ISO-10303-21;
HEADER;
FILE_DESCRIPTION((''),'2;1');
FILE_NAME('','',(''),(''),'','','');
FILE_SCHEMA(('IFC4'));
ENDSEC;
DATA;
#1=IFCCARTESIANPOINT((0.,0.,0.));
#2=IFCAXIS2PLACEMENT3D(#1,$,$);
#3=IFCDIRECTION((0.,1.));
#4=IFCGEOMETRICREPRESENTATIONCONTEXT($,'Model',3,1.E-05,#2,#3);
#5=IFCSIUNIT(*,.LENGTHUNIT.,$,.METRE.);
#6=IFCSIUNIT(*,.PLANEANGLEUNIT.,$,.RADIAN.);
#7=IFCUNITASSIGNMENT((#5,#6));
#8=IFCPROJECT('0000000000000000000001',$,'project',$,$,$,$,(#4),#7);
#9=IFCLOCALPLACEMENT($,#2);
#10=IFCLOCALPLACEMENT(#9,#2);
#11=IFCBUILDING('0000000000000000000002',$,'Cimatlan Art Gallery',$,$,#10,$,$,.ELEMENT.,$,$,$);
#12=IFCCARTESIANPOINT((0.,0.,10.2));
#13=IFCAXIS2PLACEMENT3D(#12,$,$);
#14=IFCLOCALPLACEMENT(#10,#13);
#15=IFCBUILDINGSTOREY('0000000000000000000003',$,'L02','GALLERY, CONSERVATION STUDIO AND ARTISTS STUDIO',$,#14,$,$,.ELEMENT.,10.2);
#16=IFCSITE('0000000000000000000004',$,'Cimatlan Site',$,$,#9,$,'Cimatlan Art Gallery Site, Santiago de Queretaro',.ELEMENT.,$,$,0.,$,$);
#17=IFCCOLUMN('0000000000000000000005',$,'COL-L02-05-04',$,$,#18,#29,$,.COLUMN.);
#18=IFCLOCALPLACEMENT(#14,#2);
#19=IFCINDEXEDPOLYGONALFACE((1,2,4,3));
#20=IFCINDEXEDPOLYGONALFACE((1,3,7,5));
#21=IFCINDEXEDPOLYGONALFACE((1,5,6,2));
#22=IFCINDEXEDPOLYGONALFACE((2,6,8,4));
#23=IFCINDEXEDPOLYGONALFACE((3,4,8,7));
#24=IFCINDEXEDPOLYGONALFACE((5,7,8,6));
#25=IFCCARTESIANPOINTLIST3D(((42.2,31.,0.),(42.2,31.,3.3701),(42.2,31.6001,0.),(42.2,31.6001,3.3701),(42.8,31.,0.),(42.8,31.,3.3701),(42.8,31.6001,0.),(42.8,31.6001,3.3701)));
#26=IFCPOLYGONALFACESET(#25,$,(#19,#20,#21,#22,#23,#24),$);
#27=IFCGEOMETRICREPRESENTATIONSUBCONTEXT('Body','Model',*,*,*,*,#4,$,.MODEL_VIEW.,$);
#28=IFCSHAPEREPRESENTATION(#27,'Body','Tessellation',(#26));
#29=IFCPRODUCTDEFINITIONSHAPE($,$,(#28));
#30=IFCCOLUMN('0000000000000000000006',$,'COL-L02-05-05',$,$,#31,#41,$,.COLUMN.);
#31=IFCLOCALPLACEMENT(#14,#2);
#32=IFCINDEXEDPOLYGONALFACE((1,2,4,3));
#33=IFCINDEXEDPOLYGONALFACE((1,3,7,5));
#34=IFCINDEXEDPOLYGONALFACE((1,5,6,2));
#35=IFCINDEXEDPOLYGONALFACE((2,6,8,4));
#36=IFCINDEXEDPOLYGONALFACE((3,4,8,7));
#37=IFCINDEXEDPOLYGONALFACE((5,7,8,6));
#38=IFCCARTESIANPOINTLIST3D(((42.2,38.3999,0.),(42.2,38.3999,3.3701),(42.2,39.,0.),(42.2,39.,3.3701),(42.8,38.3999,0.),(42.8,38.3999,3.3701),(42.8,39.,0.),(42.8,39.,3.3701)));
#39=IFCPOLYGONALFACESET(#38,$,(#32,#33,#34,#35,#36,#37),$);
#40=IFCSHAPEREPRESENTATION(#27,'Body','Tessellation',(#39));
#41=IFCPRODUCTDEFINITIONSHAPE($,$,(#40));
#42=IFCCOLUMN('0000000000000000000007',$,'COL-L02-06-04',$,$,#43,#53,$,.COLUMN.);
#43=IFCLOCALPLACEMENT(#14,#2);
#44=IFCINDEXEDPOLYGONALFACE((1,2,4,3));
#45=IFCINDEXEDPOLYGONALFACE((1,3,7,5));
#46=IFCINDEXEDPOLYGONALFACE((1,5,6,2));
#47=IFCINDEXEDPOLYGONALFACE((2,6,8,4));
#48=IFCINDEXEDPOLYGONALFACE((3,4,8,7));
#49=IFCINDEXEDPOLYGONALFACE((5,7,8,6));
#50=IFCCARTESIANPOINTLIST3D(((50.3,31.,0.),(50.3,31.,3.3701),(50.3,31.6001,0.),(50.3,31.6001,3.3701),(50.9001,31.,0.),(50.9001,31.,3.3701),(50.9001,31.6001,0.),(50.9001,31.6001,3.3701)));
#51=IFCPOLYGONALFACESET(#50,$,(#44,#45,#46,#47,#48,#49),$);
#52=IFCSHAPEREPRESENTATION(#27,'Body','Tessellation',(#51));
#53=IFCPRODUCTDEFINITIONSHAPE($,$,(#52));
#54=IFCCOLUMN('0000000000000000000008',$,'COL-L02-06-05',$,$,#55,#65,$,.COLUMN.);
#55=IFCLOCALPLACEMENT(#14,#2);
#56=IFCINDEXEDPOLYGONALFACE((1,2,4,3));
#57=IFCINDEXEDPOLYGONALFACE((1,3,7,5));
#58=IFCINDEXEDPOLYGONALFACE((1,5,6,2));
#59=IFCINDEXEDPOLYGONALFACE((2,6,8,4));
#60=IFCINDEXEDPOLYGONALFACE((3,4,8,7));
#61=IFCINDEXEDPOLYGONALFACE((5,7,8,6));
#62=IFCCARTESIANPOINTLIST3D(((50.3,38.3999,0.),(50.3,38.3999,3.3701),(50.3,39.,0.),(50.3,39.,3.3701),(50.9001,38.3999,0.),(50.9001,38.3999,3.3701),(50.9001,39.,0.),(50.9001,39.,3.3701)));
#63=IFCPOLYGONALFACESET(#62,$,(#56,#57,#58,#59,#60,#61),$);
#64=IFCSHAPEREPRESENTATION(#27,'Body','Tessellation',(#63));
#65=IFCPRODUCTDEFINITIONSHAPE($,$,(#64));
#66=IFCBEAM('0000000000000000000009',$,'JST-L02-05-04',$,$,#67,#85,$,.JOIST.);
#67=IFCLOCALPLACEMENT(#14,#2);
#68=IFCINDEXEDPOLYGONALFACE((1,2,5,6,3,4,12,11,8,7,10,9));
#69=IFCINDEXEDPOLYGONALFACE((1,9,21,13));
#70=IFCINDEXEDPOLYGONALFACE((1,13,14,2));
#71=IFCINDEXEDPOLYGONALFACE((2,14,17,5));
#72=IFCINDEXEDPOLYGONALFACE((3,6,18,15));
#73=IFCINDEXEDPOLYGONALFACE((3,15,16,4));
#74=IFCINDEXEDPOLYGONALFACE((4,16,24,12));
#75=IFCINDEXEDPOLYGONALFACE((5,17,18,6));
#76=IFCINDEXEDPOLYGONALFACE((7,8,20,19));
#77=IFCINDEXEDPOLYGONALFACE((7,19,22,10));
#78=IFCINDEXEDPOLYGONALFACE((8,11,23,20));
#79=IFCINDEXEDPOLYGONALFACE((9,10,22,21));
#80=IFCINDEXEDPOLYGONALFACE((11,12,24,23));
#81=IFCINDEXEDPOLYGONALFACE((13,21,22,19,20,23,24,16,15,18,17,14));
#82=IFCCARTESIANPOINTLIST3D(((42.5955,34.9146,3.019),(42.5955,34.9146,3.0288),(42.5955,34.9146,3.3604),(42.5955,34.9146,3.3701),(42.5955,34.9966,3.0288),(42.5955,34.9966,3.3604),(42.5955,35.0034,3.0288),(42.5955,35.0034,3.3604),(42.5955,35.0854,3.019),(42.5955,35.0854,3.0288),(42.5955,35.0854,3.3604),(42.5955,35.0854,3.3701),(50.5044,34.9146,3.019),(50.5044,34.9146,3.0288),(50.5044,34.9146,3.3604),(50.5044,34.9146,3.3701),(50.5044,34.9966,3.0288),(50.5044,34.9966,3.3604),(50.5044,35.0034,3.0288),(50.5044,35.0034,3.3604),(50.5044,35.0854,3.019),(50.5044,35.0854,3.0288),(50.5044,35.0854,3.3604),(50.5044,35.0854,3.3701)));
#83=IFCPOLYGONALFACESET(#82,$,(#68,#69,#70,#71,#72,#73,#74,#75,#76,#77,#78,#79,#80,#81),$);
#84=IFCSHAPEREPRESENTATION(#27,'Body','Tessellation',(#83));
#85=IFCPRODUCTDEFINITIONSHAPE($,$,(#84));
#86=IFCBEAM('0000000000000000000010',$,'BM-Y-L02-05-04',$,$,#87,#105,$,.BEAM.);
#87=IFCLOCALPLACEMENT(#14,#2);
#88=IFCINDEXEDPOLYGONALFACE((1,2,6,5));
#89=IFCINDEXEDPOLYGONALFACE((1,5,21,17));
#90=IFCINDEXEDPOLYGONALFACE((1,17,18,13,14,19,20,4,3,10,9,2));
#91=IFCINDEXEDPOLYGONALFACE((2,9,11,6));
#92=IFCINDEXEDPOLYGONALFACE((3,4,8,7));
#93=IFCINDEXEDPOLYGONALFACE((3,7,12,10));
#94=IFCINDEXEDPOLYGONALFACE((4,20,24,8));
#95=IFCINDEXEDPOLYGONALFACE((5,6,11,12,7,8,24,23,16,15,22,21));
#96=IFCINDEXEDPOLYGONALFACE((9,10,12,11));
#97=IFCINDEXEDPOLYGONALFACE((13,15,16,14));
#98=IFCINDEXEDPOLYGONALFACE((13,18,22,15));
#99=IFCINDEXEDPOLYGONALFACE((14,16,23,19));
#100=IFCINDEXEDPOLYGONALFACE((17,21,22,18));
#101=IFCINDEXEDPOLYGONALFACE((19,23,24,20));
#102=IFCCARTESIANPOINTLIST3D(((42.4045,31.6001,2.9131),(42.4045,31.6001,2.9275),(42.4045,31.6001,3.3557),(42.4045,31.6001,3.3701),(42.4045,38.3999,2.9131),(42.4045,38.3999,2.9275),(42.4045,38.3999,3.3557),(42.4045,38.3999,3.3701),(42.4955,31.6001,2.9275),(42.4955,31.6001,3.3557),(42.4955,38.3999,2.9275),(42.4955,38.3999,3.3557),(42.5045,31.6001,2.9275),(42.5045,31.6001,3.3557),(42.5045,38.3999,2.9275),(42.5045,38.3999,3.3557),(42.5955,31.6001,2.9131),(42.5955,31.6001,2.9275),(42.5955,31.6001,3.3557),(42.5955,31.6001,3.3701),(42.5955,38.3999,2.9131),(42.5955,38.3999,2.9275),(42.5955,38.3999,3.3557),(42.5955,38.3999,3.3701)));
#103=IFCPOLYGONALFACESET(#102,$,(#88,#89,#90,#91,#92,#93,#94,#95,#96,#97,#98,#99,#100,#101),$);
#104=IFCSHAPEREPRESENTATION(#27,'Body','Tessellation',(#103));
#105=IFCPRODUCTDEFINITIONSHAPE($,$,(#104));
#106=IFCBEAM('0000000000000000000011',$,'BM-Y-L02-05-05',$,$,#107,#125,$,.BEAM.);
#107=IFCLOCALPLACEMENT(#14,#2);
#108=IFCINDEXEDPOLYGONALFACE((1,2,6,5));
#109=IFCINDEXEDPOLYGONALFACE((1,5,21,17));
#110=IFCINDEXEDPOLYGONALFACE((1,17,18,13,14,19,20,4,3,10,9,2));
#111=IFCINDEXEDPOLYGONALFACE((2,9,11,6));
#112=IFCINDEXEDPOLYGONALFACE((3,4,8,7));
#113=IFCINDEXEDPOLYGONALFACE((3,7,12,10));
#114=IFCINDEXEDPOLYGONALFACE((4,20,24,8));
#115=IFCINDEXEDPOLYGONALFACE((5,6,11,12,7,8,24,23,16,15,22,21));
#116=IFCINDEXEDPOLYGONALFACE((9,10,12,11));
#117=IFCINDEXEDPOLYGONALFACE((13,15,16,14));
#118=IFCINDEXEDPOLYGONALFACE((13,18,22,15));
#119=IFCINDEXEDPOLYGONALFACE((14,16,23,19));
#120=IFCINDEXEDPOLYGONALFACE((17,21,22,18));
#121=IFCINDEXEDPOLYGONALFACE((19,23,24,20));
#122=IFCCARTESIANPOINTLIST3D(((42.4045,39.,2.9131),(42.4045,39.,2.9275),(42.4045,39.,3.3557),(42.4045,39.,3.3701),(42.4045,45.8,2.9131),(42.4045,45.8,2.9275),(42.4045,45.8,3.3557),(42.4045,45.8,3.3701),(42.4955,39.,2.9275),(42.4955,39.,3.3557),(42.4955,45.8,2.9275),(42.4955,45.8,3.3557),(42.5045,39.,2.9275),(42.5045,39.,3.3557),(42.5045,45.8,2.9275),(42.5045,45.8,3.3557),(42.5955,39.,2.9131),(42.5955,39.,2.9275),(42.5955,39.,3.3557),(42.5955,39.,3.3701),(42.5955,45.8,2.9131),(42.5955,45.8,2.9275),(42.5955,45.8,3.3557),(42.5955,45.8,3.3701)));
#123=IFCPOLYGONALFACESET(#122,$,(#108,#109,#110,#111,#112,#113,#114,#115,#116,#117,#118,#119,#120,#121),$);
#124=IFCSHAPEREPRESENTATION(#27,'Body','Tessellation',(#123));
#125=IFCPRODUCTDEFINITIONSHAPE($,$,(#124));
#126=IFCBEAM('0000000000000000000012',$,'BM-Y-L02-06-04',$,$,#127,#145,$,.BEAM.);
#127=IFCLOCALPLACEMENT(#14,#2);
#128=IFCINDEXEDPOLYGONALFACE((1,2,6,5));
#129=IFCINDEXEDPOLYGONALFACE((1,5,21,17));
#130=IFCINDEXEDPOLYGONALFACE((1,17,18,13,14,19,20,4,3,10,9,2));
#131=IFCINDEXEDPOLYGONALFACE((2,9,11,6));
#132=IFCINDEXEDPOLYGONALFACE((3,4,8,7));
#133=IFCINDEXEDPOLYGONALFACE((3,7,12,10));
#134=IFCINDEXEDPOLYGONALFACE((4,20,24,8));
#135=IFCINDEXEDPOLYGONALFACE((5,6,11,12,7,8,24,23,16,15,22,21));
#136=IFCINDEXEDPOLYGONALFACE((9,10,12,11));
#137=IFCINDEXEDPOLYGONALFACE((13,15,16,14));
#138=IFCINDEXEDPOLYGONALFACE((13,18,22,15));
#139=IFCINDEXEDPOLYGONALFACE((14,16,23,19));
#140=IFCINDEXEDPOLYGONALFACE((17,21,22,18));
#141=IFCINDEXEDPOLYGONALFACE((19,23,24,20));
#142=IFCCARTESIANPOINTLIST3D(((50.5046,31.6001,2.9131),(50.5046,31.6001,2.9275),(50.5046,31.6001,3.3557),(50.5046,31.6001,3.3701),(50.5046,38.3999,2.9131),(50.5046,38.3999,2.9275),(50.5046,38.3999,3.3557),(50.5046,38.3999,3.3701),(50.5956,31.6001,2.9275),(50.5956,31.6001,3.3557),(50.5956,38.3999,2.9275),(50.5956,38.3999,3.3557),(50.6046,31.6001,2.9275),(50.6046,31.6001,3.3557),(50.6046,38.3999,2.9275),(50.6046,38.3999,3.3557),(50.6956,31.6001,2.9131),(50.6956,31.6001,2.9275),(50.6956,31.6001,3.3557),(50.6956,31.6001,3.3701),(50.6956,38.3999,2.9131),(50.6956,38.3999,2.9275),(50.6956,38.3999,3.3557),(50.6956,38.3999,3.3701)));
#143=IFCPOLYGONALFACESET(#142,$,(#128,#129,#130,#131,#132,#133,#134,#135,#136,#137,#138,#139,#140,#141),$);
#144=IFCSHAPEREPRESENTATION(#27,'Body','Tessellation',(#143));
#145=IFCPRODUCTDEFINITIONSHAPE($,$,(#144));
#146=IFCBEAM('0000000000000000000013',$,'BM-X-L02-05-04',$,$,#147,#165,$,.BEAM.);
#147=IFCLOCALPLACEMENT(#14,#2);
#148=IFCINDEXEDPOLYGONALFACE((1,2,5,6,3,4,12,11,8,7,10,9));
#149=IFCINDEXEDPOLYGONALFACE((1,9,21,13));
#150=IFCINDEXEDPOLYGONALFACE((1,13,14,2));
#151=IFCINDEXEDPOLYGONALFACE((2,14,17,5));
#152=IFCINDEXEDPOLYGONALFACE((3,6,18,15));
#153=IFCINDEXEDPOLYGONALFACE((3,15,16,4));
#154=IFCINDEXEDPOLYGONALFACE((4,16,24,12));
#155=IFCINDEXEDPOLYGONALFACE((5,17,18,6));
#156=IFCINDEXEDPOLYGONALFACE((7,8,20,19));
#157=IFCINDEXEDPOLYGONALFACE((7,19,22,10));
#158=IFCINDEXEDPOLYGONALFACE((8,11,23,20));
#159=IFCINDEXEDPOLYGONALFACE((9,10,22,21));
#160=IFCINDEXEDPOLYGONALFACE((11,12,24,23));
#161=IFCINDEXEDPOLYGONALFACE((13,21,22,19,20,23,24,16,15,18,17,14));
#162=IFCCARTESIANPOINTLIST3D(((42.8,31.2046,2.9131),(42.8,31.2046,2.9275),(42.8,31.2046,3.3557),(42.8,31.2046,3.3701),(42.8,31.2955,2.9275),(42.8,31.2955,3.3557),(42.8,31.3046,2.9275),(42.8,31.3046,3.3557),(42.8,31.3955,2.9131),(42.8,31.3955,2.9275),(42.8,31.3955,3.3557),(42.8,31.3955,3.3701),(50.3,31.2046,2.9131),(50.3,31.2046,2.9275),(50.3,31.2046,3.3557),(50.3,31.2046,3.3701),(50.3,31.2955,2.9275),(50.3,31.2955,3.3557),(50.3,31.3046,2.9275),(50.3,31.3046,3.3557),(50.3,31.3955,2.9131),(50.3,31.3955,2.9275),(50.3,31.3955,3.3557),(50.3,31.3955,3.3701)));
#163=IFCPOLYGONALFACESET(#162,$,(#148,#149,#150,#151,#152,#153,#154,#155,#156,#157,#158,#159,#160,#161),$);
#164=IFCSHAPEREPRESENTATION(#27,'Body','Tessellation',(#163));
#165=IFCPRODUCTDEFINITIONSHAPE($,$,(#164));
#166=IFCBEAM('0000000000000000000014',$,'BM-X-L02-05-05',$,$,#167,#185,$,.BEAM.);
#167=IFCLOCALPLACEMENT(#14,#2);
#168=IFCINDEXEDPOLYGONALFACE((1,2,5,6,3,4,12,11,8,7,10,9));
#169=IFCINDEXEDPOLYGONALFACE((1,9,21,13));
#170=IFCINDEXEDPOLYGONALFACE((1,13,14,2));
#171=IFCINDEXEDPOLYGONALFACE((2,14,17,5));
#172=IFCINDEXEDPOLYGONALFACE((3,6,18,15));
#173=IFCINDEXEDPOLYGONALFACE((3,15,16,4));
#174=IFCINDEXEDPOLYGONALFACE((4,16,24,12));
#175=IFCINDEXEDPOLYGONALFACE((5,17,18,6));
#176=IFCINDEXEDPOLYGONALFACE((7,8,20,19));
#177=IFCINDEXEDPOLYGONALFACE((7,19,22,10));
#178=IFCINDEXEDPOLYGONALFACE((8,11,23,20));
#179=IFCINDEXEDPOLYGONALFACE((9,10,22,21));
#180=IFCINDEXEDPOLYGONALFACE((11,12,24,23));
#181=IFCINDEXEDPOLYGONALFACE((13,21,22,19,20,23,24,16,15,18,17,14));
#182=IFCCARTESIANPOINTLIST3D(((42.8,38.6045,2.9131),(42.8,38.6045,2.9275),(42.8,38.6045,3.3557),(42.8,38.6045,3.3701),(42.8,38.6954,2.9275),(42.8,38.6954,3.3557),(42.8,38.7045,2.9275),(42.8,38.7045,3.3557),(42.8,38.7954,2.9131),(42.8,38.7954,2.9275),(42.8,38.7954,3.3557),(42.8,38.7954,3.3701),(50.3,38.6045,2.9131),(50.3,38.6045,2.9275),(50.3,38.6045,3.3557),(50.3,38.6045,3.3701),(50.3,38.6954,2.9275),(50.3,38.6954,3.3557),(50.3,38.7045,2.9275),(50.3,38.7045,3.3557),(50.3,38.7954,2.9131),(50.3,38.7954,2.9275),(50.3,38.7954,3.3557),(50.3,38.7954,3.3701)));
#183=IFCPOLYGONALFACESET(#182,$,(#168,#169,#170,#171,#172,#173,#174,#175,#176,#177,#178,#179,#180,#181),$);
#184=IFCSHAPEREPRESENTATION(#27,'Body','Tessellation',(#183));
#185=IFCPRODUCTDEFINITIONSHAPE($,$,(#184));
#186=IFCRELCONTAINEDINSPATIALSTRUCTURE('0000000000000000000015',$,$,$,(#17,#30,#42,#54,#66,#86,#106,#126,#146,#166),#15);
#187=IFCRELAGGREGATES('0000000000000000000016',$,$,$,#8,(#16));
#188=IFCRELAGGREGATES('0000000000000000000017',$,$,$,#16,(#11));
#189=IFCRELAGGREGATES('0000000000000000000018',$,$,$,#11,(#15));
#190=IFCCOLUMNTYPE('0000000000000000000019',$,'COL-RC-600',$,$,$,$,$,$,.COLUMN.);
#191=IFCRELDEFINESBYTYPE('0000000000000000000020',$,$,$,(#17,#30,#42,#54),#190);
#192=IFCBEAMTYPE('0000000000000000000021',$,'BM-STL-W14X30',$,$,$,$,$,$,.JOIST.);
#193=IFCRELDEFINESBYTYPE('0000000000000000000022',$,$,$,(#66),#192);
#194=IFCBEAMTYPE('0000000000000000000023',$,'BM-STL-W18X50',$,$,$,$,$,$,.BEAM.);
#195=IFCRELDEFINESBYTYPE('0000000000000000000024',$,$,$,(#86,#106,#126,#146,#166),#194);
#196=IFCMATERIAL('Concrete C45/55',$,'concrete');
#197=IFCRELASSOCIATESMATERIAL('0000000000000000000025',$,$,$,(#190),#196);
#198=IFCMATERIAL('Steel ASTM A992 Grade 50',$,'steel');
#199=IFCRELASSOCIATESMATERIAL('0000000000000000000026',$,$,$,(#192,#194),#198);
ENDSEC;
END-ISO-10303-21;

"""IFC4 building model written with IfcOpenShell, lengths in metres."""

from ifc_helpers import new_model, si_unit, direction, frame, origin, origin_2d, place, context, subcontext, project, spatial, rectangle, i_section, extrude, material, material_profile, profile_set, type_object, element, save


model = new_model("IFC4")

# Units and contexts
model_context = context("Model", 3, precision=1e-05, world=origin(), true_north=direction((0.0, 1.0)))
body_context = subcontext(model_context, "Body", "Model", "MODEL_VIEW")
ifc_project = project(units=[si_unit("LENGTHUNIT", "METRE"), si_unit("PLANEANGLEUNIT", "RADIAN")], contexts=[model_context])

# Site, building, storey
site_placement = place(None, origin())
site = spatial("IfcSite", under=ifc_project, at=site_placement, Name="Cimatlan Site", LongName="Cimatlan Art Gallery Site, Santiago de Queretaro", CompositionType="ELEMENT", RefElevation=0.0)
building_placement = place(site_placement, origin())
building = spatial("IfcBuilding", under=site, at=building_placement, Name="Cimatlan Art Gallery", CompositionType="ELEMENT")
storey_placement = place(building_placement, frame((0.0, 0.0, 10.2)))
storey = spatial("IfcBuildingStorey", under=building, at=storey_placement, Name="L02", Description="GALLERY, CONSERVATION STUDIO AND ARTISTS STUDIO", CompositionType="ELEMENT", Elevation=10.2)

# Columns
ifc_material_1 = material(Name="Concrete C45/55", Category="concrete")
ifc_material_profile_1 = material_profile(ifc_material_1, rectangle(XDim=0.6001, YDim=0.6001, at=origin_2d()), Name="RC600X600")
ifc_profile_set_1 = profile_set([ifc_material_profile_1], Name="Concrete C45/55")
column_type = type_object("IfcColumnType", Name="COL-RC-600", PredefinedType="COLUMN", material=ifc_profile_set_1)
for number, where, z_axis, x_axis, name in (
    (1, (42.5, 31.3, 0.0), (0.0, 0.0, 1.0), (1.0, 0.0, 0.0), "COL-L02-05-04"),
    (2, (42.5, 38.7, 0.0), (0.0, 0.0, 1.0), (1.0, 0.0, 0.0), "COL-L02-05-05"),
    (3, (50.6001, 31.3, 0.0), (0.0, 0.0, 1.0), (1.0, 0.0, 0.0), "COL-L02-06-04"),
    (4, (50.6001, 38.7, 0.0), (0.0, 0.0, 1.0), (1.0, 0.0, 0.0), "COL-L02-06-05"),
):
    element("IfcColumn", number, at=place(storey_placement, frame(where, z_axis=z_axis, x_axis=x_axis)), inside=storey, type_object=column_type, Name=name, PredefinedType="COLUMN", context=body_context, shape_type="SweptSolid", body=[
        extrude(rectangle(XDim=0.6001, YDim=0.6001, at=origin_2d()), origin(), (0.0, 0.0, 1.0), 3.3701),
    ])

# Beams
ifc_material_2 = material(Name="Steel ASTM A992 Grade 50", Category="steel")
ifc_material_profile_2 = material_profile(ifc_material_2, i_section(OverallWidth=0.1709, OverallDepth=0.3511, WebThickness=0.0068, FlangeThickness=0.0098, at=origin_2d()), Name="W14X30")
ifc_profile_set_2 = profile_set([ifc_material_profile_2], Name="Steel ASTM A992 Grade 50")
beam_type_1 = type_object("IfcBeamType", Name="BM-STL-W14X30", PredefinedType="JOIST", material=ifc_profile_set_2)
beam_1_placement = place(storey_placement, frame((42.5955, 35.0, 3.1946), z_axis=(1.0, 0.0, 0.0), x_axis=(0.0, 1.0, 0.0)))
element("IfcBeam", 5, at=beam_1_placement, inside=storey, type_object=beam_type_1, Name="JST-L02-05-04", PredefinedType="JOIST", context=body_context, shape_type="SweptSolid", body=[
    extrude(i_section(OverallWidth=0.1709, OverallDepth=0.3511, WebThickness=0.0068, FlangeThickness=0.0098, at=origin_2d()), origin(), (0.0, 0.0, 1.0), 7.9089),
])
ifc_material_profile_3 = material_profile(ifc_material_2, i_section(OverallWidth=0.1909, OverallDepth=0.457, WebThickness=0.009, FlangeThickness=0.0144, at=origin_2d()), Name="W18X50")
ifc_profile_set_3 = profile_set([ifc_material_profile_3], Name="Steel ASTM A992 Grade 50")
beam_type_2 = type_object("IfcBeamType", Name="BM-STL-W18X50", PredefinedType="BEAM", material=ifc_profile_set_3)
beam_2_placement = place(storey_placement, frame((42.5, 31.6001, 3.1416), z_axis=(0.0, 1.0, 0.0), x_axis=(-1.0, 0.0, 0.0)))
element("IfcBeam", 6, at=beam_2_placement, inside=storey, type_object=beam_type_2, Name="BM-Y-L02-05-04", PredefinedType="BEAM", context=body_context, shape_type="SweptSolid", body=[
    extrude(i_section(OverallWidth=0.1909, OverallDepth=0.457, WebThickness=0.009, FlangeThickness=0.0144, at=origin_2d()), origin(), (0.0, 0.0, 1.0), 6.7998),
])
beam_3_placement = place(storey_placement, frame((42.5, 39.0, 3.1416), z_axis=(0.0, 1.0, 0.0), x_axis=(-1.0, 0.0, 0.0)))
element("IfcBeam", 7, at=beam_3_placement, inside=storey, type_object=beam_type_2, Name="BM-Y-L02-05-05", PredefinedType="BEAM", context=body_context, shape_type="SweptSolid", body=[
    extrude(i_section(OverallWidth=0.1909, OverallDepth=0.457, WebThickness=0.009, FlangeThickness=0.0144, at=origin_2d()), origin(), (0.0, 0.0, 1.0), 6.8),
])
beam_4_placement = place(storey_placement, frame((50.6001, 31.6001, 3.1416), z_axis=(0.0, 1.0, 0.0), x_axis=(-1.0, 0.0, 0.0)))
element("IfcBeam", 8, at=beam_4_placement, inside=storey, type_object=beam_type_2, Name="BM-Y-L02-06-04", PredefinedType="BEAM", context=body_context, shape_type="SweptSolid", body=[
    extrude(i_section(OverallWidth=0.1909, OverallDepth=0.457, WebThickness=0.009, FlangeThickness=0.0144, at=origin_2d()), origin(), (0.0, 0.0, 1.0), 6.7998),
])
for number, where, z_axis, x_axis, name in (
    (9, (42.8, 31.3, 3.1416), (1.0, 0.0, 0.0), (0.0, 1.0, 0.0), "BM-X-L02-05-04"),
    (10, (42.8, 38.7, 3.1416), (1.0, 0.0, 0.0), (0.0, 1.0, 0.0), "BM-X-L02-05-05"),
):
    element("IfcBeam", number, at=place(storey_placement, frame(where, z_axis=z_axis, x_axis=x_axis)), inside=storey, type_object=beam_type_2, Name=name, PredefinedType="BEAM", context=body_context, shape_type="SweptSolid", body=[
        extrude(i_section(OverallWidth=0.1909, OverallDepth=0.457, WebThickness=0.009, FlangeThickness=0.0144, at=origin_2d()), origin(), (0.0, 0.0, 1.0), 7.5),
    ])

save(model, "model.ifc")
